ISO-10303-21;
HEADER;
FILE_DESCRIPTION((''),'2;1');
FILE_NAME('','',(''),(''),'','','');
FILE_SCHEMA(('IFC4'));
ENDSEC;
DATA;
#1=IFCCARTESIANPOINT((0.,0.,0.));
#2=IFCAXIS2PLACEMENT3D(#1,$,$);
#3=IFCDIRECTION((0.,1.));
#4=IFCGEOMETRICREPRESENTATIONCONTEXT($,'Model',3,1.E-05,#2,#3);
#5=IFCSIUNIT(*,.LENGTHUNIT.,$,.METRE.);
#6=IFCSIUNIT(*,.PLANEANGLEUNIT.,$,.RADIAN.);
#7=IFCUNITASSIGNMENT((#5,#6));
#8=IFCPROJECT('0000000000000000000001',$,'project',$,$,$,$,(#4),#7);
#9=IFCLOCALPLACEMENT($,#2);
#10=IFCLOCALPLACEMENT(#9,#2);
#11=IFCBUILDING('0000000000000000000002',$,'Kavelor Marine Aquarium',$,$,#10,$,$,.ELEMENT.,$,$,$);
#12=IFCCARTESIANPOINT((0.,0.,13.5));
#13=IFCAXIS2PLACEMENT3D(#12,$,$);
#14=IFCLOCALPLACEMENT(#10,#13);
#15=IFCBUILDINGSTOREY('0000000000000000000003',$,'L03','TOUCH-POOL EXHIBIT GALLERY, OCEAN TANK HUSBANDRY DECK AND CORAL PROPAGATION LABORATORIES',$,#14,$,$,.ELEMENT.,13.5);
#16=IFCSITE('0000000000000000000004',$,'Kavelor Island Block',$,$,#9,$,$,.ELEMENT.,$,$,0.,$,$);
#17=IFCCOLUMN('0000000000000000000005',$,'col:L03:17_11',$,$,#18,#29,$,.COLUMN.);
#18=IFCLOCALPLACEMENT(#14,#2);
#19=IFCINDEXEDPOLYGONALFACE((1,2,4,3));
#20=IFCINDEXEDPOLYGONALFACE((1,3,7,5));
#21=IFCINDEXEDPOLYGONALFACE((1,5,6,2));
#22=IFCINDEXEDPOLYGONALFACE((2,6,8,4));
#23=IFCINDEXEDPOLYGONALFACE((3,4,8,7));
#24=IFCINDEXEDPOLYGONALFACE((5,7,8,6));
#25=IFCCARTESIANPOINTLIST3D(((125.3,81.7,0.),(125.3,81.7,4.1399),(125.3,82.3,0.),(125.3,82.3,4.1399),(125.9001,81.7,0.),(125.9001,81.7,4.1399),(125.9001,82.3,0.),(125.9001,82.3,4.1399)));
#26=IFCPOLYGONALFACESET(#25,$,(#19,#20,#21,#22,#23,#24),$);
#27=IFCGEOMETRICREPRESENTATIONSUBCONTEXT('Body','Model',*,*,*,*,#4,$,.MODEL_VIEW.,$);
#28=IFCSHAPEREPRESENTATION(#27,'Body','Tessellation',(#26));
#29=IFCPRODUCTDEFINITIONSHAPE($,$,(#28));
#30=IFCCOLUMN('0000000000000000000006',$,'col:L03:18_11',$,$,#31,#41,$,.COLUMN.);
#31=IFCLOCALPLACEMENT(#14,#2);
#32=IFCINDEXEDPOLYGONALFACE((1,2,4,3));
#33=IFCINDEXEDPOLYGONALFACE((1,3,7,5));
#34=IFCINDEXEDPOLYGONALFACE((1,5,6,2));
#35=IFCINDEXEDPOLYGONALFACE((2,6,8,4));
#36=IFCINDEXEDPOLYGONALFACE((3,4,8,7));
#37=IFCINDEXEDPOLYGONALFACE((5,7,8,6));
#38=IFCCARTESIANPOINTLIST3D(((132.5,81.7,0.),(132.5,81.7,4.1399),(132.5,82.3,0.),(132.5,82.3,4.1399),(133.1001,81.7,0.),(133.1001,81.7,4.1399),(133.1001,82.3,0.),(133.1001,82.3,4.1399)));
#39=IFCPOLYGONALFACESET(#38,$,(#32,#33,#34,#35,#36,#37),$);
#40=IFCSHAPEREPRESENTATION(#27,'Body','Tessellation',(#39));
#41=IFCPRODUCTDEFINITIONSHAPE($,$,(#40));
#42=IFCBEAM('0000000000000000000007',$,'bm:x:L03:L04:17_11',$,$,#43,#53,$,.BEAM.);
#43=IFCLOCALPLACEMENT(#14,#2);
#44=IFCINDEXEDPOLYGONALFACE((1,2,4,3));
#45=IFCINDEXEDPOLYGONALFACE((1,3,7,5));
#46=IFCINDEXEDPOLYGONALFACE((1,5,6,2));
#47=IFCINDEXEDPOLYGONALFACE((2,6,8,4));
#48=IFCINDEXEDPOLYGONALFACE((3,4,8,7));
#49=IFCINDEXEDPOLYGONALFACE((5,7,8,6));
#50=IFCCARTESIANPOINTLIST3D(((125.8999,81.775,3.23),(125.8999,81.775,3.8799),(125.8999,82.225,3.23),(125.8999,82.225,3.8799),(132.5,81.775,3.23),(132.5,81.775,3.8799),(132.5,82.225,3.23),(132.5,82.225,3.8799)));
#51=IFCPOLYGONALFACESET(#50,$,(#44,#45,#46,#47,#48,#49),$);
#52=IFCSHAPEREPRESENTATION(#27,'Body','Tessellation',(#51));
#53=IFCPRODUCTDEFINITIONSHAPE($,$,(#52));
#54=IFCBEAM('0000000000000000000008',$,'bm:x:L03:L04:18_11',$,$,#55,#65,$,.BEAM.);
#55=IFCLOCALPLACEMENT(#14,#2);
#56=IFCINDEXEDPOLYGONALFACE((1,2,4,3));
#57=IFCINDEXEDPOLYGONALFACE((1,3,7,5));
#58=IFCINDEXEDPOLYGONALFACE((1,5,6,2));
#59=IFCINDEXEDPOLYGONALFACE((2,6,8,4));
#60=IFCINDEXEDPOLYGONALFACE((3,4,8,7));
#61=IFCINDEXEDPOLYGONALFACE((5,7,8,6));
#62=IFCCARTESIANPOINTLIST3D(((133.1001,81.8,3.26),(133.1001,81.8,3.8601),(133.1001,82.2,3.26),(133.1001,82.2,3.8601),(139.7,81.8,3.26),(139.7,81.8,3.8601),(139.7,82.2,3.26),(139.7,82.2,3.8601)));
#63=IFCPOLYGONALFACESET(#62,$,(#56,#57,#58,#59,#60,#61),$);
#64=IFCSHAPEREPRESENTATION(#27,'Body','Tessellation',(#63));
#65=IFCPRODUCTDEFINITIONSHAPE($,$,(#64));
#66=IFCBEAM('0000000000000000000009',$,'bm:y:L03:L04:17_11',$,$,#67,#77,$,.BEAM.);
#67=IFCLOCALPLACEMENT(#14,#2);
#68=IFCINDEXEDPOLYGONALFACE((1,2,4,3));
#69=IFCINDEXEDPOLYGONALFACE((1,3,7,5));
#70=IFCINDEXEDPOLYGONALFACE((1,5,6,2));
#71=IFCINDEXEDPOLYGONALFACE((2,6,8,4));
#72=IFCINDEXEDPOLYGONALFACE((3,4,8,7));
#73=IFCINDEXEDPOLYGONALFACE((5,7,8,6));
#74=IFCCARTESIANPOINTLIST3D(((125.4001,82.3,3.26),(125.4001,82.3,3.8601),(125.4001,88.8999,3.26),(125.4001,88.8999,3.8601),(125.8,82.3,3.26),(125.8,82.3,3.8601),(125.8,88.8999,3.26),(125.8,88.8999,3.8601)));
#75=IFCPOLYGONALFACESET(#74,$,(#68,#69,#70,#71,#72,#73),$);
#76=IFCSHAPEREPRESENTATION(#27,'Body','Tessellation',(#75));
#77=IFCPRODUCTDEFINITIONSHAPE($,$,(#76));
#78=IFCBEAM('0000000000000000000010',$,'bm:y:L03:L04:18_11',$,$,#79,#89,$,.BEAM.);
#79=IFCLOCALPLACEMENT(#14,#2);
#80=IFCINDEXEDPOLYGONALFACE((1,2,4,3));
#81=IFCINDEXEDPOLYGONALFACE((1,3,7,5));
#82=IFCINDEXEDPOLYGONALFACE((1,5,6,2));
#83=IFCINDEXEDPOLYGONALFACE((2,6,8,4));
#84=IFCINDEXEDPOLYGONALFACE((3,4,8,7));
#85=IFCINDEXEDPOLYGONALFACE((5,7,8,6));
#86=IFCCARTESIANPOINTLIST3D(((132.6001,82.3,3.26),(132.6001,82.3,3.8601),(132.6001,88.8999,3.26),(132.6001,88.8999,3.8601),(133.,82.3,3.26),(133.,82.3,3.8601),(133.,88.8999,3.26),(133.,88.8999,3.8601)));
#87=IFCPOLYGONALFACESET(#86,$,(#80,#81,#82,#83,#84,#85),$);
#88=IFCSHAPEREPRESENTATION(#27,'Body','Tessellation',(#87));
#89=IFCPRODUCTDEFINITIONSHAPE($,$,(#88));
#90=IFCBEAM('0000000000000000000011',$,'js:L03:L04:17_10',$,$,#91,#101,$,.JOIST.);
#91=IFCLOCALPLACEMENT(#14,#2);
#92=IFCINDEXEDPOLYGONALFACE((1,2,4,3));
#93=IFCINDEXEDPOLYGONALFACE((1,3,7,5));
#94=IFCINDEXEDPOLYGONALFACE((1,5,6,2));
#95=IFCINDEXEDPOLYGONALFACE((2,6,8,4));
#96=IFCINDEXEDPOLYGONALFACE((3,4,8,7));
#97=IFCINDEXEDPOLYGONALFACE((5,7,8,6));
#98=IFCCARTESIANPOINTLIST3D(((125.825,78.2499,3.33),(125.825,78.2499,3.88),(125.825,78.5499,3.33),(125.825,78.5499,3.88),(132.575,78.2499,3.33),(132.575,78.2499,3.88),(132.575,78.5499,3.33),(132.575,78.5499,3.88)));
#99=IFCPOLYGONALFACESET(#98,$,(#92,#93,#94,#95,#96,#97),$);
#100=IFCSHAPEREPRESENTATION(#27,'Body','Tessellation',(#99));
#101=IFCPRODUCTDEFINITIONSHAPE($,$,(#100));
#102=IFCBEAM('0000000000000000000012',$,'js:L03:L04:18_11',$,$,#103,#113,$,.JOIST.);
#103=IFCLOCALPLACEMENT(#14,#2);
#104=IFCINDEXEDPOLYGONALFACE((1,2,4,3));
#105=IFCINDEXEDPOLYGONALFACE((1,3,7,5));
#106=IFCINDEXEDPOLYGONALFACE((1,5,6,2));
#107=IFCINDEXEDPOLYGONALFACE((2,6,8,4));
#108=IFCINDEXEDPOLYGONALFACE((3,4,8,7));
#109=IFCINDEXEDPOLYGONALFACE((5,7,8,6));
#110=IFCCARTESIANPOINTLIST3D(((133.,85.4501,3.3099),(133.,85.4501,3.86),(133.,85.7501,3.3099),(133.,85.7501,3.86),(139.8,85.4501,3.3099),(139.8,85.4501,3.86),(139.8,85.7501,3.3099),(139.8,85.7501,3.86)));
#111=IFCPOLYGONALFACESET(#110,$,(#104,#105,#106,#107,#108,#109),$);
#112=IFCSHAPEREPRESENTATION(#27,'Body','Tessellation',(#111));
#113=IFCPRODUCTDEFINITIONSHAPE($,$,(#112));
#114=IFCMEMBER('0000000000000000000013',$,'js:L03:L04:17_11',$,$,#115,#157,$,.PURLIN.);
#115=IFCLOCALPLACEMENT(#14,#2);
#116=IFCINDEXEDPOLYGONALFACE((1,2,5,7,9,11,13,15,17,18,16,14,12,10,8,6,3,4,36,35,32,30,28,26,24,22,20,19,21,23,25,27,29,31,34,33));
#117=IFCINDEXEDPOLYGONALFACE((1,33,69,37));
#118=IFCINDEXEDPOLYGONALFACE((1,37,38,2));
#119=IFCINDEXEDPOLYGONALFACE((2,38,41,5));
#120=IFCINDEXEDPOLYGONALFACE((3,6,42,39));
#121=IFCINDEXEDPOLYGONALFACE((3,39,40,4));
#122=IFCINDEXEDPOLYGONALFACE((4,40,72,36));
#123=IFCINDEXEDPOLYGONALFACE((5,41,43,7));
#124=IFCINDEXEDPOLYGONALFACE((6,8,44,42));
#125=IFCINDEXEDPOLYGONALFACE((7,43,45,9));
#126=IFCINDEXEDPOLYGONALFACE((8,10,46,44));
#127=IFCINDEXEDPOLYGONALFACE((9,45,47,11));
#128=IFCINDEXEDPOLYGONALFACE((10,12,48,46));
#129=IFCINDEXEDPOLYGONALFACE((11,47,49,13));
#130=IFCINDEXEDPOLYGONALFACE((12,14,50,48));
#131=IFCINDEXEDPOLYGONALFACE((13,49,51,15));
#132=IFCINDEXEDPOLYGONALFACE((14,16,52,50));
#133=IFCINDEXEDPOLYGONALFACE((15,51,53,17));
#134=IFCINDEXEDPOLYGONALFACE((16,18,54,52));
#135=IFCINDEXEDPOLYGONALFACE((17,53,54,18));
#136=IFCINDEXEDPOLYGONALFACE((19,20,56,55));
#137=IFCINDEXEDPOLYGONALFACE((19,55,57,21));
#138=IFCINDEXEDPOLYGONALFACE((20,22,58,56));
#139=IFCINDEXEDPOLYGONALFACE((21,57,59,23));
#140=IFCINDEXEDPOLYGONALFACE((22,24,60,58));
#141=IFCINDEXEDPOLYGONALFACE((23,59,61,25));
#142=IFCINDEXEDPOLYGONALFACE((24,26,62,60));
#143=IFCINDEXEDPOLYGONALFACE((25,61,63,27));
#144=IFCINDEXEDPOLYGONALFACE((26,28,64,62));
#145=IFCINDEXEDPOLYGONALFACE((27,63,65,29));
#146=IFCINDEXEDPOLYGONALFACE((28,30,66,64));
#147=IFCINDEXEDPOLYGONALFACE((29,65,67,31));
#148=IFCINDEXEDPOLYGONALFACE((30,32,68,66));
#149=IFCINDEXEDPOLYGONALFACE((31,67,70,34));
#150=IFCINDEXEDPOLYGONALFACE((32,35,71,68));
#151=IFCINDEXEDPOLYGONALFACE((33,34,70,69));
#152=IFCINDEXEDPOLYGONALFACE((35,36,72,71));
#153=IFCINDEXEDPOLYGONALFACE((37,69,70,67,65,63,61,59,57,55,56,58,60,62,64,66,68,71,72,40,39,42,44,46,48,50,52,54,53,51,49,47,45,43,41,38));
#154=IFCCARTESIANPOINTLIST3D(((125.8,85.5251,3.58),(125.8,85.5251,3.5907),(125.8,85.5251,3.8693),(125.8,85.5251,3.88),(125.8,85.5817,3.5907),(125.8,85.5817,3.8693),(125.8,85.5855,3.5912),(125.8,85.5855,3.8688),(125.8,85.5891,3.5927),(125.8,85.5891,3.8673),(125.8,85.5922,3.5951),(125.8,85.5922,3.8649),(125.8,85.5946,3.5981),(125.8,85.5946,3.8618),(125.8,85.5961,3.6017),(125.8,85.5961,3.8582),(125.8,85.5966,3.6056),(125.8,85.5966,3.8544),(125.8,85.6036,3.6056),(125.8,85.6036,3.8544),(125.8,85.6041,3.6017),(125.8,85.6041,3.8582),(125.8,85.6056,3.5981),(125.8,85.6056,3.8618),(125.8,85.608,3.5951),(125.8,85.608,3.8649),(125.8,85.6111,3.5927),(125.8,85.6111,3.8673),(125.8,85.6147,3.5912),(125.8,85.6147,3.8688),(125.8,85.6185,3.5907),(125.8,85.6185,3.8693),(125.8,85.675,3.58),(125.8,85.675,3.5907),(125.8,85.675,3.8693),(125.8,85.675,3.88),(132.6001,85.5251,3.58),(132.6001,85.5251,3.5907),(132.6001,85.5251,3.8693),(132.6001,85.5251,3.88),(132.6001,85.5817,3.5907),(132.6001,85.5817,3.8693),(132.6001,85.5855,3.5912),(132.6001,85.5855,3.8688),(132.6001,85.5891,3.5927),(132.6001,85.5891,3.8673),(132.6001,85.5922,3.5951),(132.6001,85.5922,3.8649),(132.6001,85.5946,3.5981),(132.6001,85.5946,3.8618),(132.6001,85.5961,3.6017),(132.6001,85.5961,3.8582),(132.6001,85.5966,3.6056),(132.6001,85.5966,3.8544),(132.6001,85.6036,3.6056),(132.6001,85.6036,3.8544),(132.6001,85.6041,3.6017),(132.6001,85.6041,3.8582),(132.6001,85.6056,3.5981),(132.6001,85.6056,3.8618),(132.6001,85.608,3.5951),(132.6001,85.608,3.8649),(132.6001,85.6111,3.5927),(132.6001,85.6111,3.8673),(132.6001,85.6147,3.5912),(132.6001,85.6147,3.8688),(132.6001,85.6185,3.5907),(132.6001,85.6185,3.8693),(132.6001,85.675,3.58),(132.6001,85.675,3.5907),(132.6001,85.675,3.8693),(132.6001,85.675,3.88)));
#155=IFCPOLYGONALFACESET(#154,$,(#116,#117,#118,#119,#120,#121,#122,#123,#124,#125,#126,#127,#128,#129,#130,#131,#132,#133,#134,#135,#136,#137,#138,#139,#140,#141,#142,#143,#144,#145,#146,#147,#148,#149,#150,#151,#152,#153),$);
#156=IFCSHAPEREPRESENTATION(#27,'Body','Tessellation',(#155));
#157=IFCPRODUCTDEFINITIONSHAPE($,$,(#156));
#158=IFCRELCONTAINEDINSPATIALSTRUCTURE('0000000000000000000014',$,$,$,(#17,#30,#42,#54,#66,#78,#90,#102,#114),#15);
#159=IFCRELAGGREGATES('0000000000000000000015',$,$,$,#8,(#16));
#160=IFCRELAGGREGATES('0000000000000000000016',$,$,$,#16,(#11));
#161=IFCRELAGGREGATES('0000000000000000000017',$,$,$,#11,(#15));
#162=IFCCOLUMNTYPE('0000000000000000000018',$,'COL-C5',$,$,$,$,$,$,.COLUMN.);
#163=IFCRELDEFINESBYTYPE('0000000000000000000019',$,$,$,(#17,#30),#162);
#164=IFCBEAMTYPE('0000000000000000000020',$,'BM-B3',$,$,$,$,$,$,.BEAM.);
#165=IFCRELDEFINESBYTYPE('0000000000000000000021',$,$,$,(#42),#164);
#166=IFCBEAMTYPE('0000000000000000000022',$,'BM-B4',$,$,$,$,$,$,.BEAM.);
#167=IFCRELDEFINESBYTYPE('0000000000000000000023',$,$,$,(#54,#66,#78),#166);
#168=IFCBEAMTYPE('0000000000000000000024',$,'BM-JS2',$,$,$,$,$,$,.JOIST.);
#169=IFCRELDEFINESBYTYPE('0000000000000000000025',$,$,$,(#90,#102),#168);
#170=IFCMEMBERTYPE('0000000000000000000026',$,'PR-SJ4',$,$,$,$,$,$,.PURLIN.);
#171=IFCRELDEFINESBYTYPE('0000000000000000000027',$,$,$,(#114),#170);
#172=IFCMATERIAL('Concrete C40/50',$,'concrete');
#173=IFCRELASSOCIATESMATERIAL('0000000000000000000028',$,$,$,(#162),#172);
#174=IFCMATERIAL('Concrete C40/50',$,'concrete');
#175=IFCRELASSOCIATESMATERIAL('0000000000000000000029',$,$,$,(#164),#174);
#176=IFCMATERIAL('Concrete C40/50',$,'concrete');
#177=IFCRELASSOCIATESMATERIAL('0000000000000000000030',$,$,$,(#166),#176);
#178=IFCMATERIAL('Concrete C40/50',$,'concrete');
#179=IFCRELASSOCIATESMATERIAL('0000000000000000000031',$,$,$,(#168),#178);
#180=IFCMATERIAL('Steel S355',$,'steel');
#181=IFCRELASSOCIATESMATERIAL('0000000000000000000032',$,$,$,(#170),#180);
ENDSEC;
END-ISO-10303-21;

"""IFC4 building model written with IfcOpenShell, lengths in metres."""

from ifc_helpers import new_model, si_unit, direction, frame, origin, origin_2d, place, context, subcontext, project, spatial, rectangle, i_section, extrude, material, material_profile, profile_set, type_object, element, save


model = new_model("IFC4")

# Units and contexts
model_context = context("Model", 3, precision=1e-05, world=origin(), true_north=direction((0.0, 1.0)))
body_context = subcontext(model_context, "Body", "Model", "MODEL_VIEW")
ifc_project = project(units=[si_unit("LENGTHUNIT", "METRE"), si_unit("PLANEANGLEUNIT", "RADIAN")], contexts=[model_context])

# Site, building, storey
site_placement = place(None, origin())
site = spatial("IfcSite", under=ifc_project, at=site_placement, Name="Kavelor Island Block", CompositionType="ELEMENT", RefElevation=0.0)
building_placement = place(site_placement, origin())
building = spatial("IfcBuilding", under=site, at=building_placement, Name="Kavelor Marine Aquarium", CompositionType="ELEMENT")
storey_placement = place(building_placement, frame((0.0, 0.0, 13.5)))
storey = spatial("IfcBuildingStorey", under=building, at=storey_placement, Name="L03", Description="TOUCH-POOL EXHIBIT GALLERY, OCEAN TANK HUSBANDRY DECK AND CORAL PROPAGATION LABORATORIES", CompositionType="ELEMENT", Elevation=13.5)

# Columns
ifc_material_1 = material(Name="Concrete C40/50", Category="concrete")
ifc_material_profile_1 = material_profile(ifc_material_1, rectangle(XDim=0.6001, YDim=0.6001, at=origin_2d()), Name="RC-COL 600x600")
ifc_profile_set_1 = profile_set([ifc_material_profile_1], Name="Concrete C40/50")
column_type = type_object("IfcColumnType", Name="COL-C5", PredefinedType="COLUMN", material=ifc_profile_set_1)
for number, where, z_axis, x_axis, name in (
    (1, (125.6001, 82.0, 0.0), (0.0, 0.0, 1.0), (1.0, 0.0, 0.0), "col:L03:17_11"),
    (2, (132.8, 82.0, 0.0), (0.0, 0.0, 1.0), (1.0, 0.0, 0.0), "col:L03:18_11"),
):
    element("IfcColumn", number, at=place(storey_placement, frame(where, z_axis=z_axis, x_axis=x_axis)), inside=storey, type_object=column_type, Name=name, PredefinedType="COLUMN", context=body_context, shape_type="SweptSolid", body=[
        extrude(rectangle(XDim=0.6001, YDim=0.6001, at=origin_2d()), origin(), (0.0, 0.0, 1.0), 4.1399),
    ])

# Beams
ifc_material_2 = material(Name="Concrete C40/50", Category="concrete")
ifc_material_profile_2 = material_profile(ifc_material_2, rectangle(XDim=0.45, YDim=0.6499, at=origin_2d()), Name="RC-BM 450x650")
ifc_profile_set_2 = profile_set([ifc_material_profile_2], Name="Concrete C40/50")
beam_type_1 = type_object("IfcBeamType", Name="BM-B3", PredefinedType="BEAM", material=ifc_profile_set_2)
beam_1_placement = place(storey_placement, frame((125.8999, 82.0, 3.5549), z_axis=(1.0, 0.0, 0.0), x_axis=(0.0, 1.0, 0.0)))
element("IfcBeam", 3, at=beam_1_placement, inside=storey, type_object=beam_type_1, Name="bm:x:L03:L04:17_11", PredefinedType="BEAM", context=body_context, shape_type="SweptSolid", body=[
    extrude(rectangle(XDim=0.45, YDim=0.6499, at=origin_2d()), origin(), (0.0, 0.0, 1.0), 6.6001),
])
ifc_material_3 = material(Name="Concrete C40/50", Category="concrete")
ifc_material_profile_3 = material_profile(ifc_material_3, rectangle(XDim=0.3999, YDim=0.6001, at=origin_2d()), Name="RC-BM 400x600")
ifc_profile_set_3 = profile_set([ifc_material_profile_3], Name="Concrete C40/50")
beam_type_2 = type_object("IfcBeamType", Name="BM-B4", PredefinedType="BEAM", material=ifc_profile_set_3)
for number, where, z_axis, x_axis, name in (
    (4, (133.1001, 82.0, 3.5601), (1.0, 0.0, 0.0), (0.0, 1.0, 0.0), "bm:x:L03:L04:18_11"),
    (5, (125.6001, 82.3, 3.5601), (0.0, 1.0, 0.0), (-1.0, 0.0, 0.0), "bm:y:L03:L04:17_11"),
    (6, (132.8, 82.3, 3.5601), (0.0, 1.0, 0.0), (-1.0, 0.0, 0.0), "bm:y:L03:L04:18_11"),
):
    element("IfcBeam", number, at=place(storey_placement, frame(where, z_axis=z_axis, x_axis=x_axis)), inside=storey, type_object=beam_type_2, Name=name, PredefinedType="BEAM", context=body_context, shape_type="SweptSolid", body=[
        extrude(rectangle(XDim=0.3999, YDim=0.6001, at=origin_2d()), origin(), (0.0, 0.0, 1.0), 6.5999),
    ])
ifc_material_4 = material(Name="Concrete C40/50", Category="concrete")
ifc_material_profile_4 = material_profile(ifc_material_4, rectangle(XDim=0.3, YDim=0.55, at=origin_2d()), Name="RC-JS 300x550")
ifc_profile_set_4 = profile_set([ifc_material_profile_4], Name="Concrete C40/50")
beam_type_3 = type_object("IfcBeamType", Name="BM-JS2", PredefinedType="JOIST", material=ifc_profile_set_4)
beam_2_placement = place(storey_placement, frame((125.825, 78.3999, 3.605), z_axis=(1.0, 0.0, 0.0), x_axis=(0.0, 1.0, 0.0)))
element("IfcBeam", 7, at=beam_2_placement, inside=storey, type_object=beam_type_3, Name="js:L03:L04:17_10", PredefinedType="JOIST", context=body_context, shape_type="SweptSolid", body=[
    extrude(rectangle(XDim=0.3, YDim=0.55, at=origin_2d()), origin(), (0.0, 0.0, 1.0), 6.75),
])
beam_3_placement = place(storey_placement, frame((133.0, 85.6001, 3.585), z_axis=(1.0, 0.0, 0.0), x_axis=(0.0, 1.0, 0.0)))
element("IfcBeam", 8, at=beam_3_placement, inside=storey, type_object=beam_type_3, Name="js:L03:L04:18_11", PredefinedType="JOIST", context=body_context, shape_type="SweptSolid", body=[
    extrude(rectangle(XDim=0.3, YDim=0.55, at=origin_2d()), origin(), (0.0, 0.0, 1.0), 6.8),
])

# Member
ifc_material_5 = material(Name="Steel S355", Category="steel")
ifc_material_profile_5 = material_profile(ifc_material_5, i_section(OverallWidth=0.1499, OverallDepth=0.3, WebThickness=0.0071, FlangeThickness=0.0107, FilletRadius=0.0149, at=origin_2d()), Name="IPE 300")
ifc_profile_set_5 = profile_set([ifc_material_profile_5], Name="Steel S355")
member_type = type_object("IfcMemberType", Name="PR-SJ4", PredefinedType="PURLIN", material=ifc_profile_set_5)
member_1_placement = place(storey_placement, frame((125.8, 85.6001, 3.73), z_axis=(1.0, 0.0, 0.0), x_axis=(0.0, 1.0, 0.0)))
element("IfcMember", 9, at=member_1_placement, inside=storey, type_object=member_type, Name="js:L03:L04:17_11", PredefinedType="PURLIN", context=body_context, shape_type="SweptSolid", body=[
    extrude(i_section(OverallWidth=0.1499, OverallDepth=0.3, WebThickness=0.0071, FlangeThickness=0.0107, FilletRadius=0.0149, at=origin_2d()), origin(), (0.0, 0.0, 1.0), 6.8),
])

save(model, "model.ifc")
